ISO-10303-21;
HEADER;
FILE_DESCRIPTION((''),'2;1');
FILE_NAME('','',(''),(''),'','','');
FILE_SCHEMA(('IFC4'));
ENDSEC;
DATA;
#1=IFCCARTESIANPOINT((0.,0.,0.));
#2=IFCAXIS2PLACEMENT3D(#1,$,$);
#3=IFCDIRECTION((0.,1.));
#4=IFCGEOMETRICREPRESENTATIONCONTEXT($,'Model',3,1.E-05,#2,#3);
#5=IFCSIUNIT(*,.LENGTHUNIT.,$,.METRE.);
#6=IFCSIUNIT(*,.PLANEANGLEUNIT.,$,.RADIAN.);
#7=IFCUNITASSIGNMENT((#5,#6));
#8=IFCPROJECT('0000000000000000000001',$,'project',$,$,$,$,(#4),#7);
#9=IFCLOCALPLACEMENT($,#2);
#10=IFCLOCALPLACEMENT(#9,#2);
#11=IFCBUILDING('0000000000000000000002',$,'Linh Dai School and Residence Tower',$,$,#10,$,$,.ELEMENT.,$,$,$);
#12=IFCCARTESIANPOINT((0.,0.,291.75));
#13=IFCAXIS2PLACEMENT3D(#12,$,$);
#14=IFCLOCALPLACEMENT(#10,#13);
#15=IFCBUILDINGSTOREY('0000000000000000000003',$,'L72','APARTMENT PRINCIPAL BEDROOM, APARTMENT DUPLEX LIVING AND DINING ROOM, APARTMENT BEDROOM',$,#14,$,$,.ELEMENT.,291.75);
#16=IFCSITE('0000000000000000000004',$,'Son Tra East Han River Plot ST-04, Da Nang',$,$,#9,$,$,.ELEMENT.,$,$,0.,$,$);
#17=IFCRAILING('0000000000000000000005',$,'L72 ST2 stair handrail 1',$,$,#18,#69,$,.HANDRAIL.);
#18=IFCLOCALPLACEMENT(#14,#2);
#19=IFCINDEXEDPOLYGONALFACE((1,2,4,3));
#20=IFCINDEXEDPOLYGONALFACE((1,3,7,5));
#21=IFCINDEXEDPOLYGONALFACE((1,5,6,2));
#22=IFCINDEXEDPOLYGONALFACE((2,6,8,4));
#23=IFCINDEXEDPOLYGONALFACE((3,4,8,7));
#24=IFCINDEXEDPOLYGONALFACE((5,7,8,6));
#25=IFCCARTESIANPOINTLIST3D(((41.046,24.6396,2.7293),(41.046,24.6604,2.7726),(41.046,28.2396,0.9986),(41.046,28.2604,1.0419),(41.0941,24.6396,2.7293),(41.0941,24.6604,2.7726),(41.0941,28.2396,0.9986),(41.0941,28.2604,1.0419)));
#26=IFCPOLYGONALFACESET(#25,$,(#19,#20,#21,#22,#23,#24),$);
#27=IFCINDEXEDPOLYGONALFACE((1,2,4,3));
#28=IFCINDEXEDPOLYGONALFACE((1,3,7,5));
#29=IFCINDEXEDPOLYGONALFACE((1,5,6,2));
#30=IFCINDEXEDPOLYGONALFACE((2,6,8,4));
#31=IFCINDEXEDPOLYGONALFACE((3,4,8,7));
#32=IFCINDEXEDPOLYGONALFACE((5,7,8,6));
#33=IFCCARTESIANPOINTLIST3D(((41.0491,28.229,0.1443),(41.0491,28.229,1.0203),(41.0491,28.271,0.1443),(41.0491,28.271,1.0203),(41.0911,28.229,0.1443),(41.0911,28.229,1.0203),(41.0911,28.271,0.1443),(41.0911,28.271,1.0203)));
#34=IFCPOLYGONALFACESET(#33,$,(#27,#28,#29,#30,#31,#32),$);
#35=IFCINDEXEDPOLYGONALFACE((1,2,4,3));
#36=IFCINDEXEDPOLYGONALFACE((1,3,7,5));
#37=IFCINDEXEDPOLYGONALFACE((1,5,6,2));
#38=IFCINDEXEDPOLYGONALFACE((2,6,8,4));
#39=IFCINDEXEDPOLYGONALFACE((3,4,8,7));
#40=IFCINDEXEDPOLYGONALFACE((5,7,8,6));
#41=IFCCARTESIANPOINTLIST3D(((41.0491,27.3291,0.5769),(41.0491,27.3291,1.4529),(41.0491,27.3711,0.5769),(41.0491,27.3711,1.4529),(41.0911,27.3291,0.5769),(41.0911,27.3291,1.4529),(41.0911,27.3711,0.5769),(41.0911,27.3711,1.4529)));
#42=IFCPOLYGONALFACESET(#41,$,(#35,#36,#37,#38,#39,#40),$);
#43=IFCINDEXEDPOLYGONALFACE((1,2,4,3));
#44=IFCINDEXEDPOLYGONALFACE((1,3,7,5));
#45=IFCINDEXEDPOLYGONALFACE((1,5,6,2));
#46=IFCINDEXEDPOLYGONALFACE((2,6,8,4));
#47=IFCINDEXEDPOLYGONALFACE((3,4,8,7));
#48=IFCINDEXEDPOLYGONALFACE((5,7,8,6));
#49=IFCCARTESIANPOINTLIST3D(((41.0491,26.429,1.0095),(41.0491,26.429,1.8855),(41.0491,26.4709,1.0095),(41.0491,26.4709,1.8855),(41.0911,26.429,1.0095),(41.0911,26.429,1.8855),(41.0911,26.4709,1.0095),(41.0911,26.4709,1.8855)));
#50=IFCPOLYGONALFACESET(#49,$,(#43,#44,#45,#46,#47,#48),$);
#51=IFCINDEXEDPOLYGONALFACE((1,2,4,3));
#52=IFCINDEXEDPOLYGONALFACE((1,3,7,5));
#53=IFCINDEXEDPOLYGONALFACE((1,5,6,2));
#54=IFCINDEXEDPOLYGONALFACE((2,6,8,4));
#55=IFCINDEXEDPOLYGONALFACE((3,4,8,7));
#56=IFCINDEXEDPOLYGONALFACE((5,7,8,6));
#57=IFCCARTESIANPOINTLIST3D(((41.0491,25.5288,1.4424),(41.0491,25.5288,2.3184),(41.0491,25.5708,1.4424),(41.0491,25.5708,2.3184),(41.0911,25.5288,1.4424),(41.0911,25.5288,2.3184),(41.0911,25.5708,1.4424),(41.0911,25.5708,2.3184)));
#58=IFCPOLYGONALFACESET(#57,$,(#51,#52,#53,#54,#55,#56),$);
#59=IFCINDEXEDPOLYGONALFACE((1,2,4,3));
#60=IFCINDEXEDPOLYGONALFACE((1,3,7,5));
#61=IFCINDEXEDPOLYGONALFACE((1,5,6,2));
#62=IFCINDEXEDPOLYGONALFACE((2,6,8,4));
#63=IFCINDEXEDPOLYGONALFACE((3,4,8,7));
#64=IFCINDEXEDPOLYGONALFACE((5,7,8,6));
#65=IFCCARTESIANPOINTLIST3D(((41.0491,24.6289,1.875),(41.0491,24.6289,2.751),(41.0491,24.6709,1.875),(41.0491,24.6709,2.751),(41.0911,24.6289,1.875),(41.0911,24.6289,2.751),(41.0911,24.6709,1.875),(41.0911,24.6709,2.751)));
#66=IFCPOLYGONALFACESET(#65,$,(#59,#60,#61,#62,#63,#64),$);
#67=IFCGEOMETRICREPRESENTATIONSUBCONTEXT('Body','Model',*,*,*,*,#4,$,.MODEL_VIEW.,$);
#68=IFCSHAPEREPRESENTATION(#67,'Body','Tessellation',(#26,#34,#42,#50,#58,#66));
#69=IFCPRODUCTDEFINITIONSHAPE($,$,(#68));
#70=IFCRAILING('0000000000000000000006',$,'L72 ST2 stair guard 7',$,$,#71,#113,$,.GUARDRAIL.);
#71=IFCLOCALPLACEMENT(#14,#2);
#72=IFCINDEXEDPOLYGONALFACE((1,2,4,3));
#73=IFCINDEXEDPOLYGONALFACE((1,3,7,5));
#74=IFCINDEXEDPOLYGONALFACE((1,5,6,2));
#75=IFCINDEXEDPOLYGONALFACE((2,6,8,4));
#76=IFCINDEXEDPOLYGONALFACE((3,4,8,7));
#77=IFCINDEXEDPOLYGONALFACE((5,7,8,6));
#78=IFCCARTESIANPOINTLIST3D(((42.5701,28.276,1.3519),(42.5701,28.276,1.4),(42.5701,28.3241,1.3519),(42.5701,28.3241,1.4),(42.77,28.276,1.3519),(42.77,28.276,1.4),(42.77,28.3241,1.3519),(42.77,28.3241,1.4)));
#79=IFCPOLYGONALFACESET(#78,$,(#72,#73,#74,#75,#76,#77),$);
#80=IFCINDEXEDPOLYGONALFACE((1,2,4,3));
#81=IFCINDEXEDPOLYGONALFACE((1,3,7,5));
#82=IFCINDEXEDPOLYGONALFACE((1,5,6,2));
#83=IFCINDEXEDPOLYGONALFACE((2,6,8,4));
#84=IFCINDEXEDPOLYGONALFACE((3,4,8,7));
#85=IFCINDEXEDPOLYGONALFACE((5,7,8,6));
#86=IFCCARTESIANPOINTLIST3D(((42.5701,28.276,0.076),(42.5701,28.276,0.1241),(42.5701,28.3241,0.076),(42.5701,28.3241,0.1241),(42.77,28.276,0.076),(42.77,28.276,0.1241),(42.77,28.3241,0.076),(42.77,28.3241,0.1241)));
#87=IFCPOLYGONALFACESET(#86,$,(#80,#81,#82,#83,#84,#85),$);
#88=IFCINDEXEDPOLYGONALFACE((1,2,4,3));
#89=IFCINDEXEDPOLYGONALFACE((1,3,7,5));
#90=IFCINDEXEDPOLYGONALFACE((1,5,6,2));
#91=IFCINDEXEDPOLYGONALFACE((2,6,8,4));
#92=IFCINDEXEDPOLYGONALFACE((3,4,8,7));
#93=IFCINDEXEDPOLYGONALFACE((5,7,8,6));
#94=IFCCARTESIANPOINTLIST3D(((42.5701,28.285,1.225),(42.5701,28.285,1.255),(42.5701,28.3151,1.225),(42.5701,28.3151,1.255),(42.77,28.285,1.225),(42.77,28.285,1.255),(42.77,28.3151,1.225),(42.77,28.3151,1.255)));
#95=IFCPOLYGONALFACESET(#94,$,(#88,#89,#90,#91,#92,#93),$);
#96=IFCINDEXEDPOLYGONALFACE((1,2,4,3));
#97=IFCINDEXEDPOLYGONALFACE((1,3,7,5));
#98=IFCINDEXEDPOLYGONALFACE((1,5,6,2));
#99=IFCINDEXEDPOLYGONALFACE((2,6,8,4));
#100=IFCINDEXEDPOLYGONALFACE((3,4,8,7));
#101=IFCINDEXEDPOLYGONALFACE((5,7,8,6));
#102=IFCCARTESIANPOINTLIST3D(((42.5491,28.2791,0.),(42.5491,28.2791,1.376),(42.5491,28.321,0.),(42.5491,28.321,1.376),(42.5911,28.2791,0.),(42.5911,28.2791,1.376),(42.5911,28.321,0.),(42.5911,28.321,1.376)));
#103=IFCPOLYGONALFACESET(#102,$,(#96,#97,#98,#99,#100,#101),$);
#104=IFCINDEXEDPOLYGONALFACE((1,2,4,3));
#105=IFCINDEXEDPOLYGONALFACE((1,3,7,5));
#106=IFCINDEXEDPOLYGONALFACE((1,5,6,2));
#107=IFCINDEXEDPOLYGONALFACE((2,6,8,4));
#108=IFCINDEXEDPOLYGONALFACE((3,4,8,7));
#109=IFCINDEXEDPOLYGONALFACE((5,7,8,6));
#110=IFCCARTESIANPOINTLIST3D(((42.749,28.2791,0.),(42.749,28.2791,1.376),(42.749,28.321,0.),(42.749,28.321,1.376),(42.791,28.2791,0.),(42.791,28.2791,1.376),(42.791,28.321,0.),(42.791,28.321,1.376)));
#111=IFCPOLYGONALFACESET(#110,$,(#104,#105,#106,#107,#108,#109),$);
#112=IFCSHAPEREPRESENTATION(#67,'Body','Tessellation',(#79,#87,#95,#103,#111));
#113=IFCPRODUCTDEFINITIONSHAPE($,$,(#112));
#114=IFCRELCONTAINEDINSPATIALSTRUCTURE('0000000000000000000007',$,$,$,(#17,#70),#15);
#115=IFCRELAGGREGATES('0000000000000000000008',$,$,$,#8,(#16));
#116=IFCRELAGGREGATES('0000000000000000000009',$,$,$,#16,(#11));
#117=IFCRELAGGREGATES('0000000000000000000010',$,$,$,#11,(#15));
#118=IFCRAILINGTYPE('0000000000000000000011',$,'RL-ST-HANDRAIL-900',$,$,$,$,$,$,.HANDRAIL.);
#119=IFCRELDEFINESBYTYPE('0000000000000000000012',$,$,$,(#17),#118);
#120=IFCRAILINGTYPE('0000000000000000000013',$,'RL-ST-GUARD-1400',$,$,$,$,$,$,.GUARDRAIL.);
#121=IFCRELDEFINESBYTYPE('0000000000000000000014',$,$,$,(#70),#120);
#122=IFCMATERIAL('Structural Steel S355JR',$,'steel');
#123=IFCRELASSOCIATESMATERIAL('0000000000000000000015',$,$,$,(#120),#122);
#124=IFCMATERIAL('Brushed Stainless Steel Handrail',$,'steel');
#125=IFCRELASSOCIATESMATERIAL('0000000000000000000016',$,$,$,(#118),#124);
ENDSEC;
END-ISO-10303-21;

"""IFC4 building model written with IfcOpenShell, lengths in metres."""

from ifc_helpers import new_model, si_unit, direction, frame, origin, origin_2d, place, context, subcontext, project, spatial, rectangle, extrude, source, transform, mapped, material, type_object, element, save


model = new_model("IFC4")

# Units and contexts
model_context = context("Model", 3, precision=1e-05, world=origin(), true_north=direction((0.0, 1.0)))
body_context = subcontext(model_context, "Body", "Model", "MODEL_VIEW")
ifc_project = project(units=[si_unit("LENGTHUNIT", "METRE"), si_unit("PLANEANGLEUNIT", "RADIAN")], contexts=[model_context])

# Site, building, storey
site_placement = place(None, origin())
site = spatial("IfcSite", under=ifc_project, at=site_placement, Name="Son Tra East Han River Plot ST-04, Da Nang", CompositionType="ELEMENT", RefElevation=0.0)
building_placement = place(site_placement, origin())
building = spatial("IfcBuilding", under=site, at=building_placement, Name="Linh Dai School and Residence Tower", CompositionType="ELEMENT")
storey_placement = place(building_placement, frame((0.0, 0.0, 291.75)))
storey = spatial("IfcBuildingStorey", under=building, at=storey_placement, Name="L72", Description="APARTMENT PRINCIPAL BEDROOM, APARTMENT DUPLEX LIVING AND DINING ROOM, APARTMENT BEDROOM", CompositionType="ELEMENT", Elevation=291.75)

# Shared definitions
ifc_material_1 = material(Name="Structural Steel S355JR", Category="steel")

# Railings
railing_type_1 = type_object("IfcRailingType", Name="RL-ST-GUARD-1400", PredefinedType="GUARDRAIL", material=ifc_material_1)
ifc_material_2 = material(Name="Brushed Stainless Steel Handrail", Category="steel")
railing_type_2 = type_object("IfcRailingType", Name="RL-ST-HANDRAIL-900", PredefinedType="HANDRAIL", material=ifc_material_2)
shared_shape_1 = source(origin(), body_context, "Body", "SweptSolid", [
    extrude(rectangle(XDim=0.0481, YDim=0.0481, at=origin_2d()), frame((0.0, 0.0, 0.876), z_axis=(0.0, -0.901263, 0.433273), x_axis=(1.0, 0.0, 0.0)), (0.0, 0.0, 1.0), 3.9944),
    extrude(rectangle(XDim=0.042, YDim=0.042, at=origin_2d()), origin(), (0.0, 0.0, 1.0), 0.876),
    extrude(rectangle(XDim=0.042, YDim=0.042, at=origin_2d()), frame((0.0, -0.8999, 0.4326)), (0.0, 0.0, 1.0), 0.876),
    extrude(rectangle(XDim=0.042, YDim=0.042, at=origin_2d()), frame((0.0, -1.8, 0.8652)), (0.0, 0.0, 1.0), 0.876),
    extrude(rectangle(XDim=0.042, YDim=0.042, at=origin_2d()), frame((0.0, -2.7002, 1.2981)), (0.0, 0.0, 1.0), 0.876),
    extrude(rectangle(XDim=0.042, YDim=0.042, at=origin_2d()), frame((0.0, -3.6001, 1.7307)), (0.0, 0.0, 1.0), 0.876),
])
railing_1_placement = place(storey_placement, frame((41.0701, 28.25, 0.1443)))
element("IfcRailing", 1, at=railing_1_placement, inside=storey, type_object=railing_type_2, Name="L72 ST2 stair handrail 1", PredefinedType="HANDRAIL", context=body_context, shape_type="MappedRepresentation", body=[
    mapped(shared_shape_1, transform((0.0, 0.0, 0.0), x_axis=(1.0, 0.0, 0.0), y_axis=(0.0, 1.0, 0.0), z_axis=(0.0, 0.0, 1.0), scale=1.0)),
])
shared_shape_2 = source(origin(), body_context, "Body", "SweptSolid", [
    extrude(rectangle(XDim=0.0481, YDim=0.0481, at=origin_2d()), frame((0.0, 0.0, 1.376), z_axis=(1.0, 0.0, 0.0), x_axis=(0.0, 1.0, 0.0)), (0.0, 0.0, 1.0), 0.2),
    extrude(rectangle(XDim=0.0481, YDim=0.0481, at=origin_2d()), frame((0.0, 0.0, 0.1001), z_axis=(1.0, 0.0, 0.0), x_axis=(0.0, 1.0, 0.0)), (0.0, 0.0, 1.0), 0.2),
    extrude(rectangle(XDim=0.03, YDim=0.03, at=origin_2d()), frame((0.0, 0.0, 1.24), z_axis=(1.0, 0.0, 0.0), x_axis=(0.0, 1.0, 0.0)), (0.0, 0.0, 1.0), 0.2),
    extrude(rectangle(XDim=0.042, YDim=0.042, at=origin_2d()), origin(), (0.0, 0.0, 1.0), 1.376),
    extrude(rectangle(XDim=0.042, YDim=0.042, at=origin_2d()), frame((0.2, 0.0, 0.0)), (0.0, 0.0, 1.0), 1.376),
])
railing_2_placement = place(storey_placement, frame((42.5701, 28.3, 0.0)))
element("IfcRailing", 2, at=railing_2_placement, inside=storey, type_object=railing_type_1, Name="L72 ST2 stair guard 7", PredefinedType="GUARDRAIL", context=body_context, shape_type="MappedRepresentation", body=[
    mapped(shared_shape_2, transform((0.0, 0.0, 0.0), x_axis=(1.0, 0.0, 0.0), y_axis=(0.0, 1.0, 0.0), z_axis=(0.0, 0.0, 1.0), scale=1.0)),
])

save(model, "model.ifc")
